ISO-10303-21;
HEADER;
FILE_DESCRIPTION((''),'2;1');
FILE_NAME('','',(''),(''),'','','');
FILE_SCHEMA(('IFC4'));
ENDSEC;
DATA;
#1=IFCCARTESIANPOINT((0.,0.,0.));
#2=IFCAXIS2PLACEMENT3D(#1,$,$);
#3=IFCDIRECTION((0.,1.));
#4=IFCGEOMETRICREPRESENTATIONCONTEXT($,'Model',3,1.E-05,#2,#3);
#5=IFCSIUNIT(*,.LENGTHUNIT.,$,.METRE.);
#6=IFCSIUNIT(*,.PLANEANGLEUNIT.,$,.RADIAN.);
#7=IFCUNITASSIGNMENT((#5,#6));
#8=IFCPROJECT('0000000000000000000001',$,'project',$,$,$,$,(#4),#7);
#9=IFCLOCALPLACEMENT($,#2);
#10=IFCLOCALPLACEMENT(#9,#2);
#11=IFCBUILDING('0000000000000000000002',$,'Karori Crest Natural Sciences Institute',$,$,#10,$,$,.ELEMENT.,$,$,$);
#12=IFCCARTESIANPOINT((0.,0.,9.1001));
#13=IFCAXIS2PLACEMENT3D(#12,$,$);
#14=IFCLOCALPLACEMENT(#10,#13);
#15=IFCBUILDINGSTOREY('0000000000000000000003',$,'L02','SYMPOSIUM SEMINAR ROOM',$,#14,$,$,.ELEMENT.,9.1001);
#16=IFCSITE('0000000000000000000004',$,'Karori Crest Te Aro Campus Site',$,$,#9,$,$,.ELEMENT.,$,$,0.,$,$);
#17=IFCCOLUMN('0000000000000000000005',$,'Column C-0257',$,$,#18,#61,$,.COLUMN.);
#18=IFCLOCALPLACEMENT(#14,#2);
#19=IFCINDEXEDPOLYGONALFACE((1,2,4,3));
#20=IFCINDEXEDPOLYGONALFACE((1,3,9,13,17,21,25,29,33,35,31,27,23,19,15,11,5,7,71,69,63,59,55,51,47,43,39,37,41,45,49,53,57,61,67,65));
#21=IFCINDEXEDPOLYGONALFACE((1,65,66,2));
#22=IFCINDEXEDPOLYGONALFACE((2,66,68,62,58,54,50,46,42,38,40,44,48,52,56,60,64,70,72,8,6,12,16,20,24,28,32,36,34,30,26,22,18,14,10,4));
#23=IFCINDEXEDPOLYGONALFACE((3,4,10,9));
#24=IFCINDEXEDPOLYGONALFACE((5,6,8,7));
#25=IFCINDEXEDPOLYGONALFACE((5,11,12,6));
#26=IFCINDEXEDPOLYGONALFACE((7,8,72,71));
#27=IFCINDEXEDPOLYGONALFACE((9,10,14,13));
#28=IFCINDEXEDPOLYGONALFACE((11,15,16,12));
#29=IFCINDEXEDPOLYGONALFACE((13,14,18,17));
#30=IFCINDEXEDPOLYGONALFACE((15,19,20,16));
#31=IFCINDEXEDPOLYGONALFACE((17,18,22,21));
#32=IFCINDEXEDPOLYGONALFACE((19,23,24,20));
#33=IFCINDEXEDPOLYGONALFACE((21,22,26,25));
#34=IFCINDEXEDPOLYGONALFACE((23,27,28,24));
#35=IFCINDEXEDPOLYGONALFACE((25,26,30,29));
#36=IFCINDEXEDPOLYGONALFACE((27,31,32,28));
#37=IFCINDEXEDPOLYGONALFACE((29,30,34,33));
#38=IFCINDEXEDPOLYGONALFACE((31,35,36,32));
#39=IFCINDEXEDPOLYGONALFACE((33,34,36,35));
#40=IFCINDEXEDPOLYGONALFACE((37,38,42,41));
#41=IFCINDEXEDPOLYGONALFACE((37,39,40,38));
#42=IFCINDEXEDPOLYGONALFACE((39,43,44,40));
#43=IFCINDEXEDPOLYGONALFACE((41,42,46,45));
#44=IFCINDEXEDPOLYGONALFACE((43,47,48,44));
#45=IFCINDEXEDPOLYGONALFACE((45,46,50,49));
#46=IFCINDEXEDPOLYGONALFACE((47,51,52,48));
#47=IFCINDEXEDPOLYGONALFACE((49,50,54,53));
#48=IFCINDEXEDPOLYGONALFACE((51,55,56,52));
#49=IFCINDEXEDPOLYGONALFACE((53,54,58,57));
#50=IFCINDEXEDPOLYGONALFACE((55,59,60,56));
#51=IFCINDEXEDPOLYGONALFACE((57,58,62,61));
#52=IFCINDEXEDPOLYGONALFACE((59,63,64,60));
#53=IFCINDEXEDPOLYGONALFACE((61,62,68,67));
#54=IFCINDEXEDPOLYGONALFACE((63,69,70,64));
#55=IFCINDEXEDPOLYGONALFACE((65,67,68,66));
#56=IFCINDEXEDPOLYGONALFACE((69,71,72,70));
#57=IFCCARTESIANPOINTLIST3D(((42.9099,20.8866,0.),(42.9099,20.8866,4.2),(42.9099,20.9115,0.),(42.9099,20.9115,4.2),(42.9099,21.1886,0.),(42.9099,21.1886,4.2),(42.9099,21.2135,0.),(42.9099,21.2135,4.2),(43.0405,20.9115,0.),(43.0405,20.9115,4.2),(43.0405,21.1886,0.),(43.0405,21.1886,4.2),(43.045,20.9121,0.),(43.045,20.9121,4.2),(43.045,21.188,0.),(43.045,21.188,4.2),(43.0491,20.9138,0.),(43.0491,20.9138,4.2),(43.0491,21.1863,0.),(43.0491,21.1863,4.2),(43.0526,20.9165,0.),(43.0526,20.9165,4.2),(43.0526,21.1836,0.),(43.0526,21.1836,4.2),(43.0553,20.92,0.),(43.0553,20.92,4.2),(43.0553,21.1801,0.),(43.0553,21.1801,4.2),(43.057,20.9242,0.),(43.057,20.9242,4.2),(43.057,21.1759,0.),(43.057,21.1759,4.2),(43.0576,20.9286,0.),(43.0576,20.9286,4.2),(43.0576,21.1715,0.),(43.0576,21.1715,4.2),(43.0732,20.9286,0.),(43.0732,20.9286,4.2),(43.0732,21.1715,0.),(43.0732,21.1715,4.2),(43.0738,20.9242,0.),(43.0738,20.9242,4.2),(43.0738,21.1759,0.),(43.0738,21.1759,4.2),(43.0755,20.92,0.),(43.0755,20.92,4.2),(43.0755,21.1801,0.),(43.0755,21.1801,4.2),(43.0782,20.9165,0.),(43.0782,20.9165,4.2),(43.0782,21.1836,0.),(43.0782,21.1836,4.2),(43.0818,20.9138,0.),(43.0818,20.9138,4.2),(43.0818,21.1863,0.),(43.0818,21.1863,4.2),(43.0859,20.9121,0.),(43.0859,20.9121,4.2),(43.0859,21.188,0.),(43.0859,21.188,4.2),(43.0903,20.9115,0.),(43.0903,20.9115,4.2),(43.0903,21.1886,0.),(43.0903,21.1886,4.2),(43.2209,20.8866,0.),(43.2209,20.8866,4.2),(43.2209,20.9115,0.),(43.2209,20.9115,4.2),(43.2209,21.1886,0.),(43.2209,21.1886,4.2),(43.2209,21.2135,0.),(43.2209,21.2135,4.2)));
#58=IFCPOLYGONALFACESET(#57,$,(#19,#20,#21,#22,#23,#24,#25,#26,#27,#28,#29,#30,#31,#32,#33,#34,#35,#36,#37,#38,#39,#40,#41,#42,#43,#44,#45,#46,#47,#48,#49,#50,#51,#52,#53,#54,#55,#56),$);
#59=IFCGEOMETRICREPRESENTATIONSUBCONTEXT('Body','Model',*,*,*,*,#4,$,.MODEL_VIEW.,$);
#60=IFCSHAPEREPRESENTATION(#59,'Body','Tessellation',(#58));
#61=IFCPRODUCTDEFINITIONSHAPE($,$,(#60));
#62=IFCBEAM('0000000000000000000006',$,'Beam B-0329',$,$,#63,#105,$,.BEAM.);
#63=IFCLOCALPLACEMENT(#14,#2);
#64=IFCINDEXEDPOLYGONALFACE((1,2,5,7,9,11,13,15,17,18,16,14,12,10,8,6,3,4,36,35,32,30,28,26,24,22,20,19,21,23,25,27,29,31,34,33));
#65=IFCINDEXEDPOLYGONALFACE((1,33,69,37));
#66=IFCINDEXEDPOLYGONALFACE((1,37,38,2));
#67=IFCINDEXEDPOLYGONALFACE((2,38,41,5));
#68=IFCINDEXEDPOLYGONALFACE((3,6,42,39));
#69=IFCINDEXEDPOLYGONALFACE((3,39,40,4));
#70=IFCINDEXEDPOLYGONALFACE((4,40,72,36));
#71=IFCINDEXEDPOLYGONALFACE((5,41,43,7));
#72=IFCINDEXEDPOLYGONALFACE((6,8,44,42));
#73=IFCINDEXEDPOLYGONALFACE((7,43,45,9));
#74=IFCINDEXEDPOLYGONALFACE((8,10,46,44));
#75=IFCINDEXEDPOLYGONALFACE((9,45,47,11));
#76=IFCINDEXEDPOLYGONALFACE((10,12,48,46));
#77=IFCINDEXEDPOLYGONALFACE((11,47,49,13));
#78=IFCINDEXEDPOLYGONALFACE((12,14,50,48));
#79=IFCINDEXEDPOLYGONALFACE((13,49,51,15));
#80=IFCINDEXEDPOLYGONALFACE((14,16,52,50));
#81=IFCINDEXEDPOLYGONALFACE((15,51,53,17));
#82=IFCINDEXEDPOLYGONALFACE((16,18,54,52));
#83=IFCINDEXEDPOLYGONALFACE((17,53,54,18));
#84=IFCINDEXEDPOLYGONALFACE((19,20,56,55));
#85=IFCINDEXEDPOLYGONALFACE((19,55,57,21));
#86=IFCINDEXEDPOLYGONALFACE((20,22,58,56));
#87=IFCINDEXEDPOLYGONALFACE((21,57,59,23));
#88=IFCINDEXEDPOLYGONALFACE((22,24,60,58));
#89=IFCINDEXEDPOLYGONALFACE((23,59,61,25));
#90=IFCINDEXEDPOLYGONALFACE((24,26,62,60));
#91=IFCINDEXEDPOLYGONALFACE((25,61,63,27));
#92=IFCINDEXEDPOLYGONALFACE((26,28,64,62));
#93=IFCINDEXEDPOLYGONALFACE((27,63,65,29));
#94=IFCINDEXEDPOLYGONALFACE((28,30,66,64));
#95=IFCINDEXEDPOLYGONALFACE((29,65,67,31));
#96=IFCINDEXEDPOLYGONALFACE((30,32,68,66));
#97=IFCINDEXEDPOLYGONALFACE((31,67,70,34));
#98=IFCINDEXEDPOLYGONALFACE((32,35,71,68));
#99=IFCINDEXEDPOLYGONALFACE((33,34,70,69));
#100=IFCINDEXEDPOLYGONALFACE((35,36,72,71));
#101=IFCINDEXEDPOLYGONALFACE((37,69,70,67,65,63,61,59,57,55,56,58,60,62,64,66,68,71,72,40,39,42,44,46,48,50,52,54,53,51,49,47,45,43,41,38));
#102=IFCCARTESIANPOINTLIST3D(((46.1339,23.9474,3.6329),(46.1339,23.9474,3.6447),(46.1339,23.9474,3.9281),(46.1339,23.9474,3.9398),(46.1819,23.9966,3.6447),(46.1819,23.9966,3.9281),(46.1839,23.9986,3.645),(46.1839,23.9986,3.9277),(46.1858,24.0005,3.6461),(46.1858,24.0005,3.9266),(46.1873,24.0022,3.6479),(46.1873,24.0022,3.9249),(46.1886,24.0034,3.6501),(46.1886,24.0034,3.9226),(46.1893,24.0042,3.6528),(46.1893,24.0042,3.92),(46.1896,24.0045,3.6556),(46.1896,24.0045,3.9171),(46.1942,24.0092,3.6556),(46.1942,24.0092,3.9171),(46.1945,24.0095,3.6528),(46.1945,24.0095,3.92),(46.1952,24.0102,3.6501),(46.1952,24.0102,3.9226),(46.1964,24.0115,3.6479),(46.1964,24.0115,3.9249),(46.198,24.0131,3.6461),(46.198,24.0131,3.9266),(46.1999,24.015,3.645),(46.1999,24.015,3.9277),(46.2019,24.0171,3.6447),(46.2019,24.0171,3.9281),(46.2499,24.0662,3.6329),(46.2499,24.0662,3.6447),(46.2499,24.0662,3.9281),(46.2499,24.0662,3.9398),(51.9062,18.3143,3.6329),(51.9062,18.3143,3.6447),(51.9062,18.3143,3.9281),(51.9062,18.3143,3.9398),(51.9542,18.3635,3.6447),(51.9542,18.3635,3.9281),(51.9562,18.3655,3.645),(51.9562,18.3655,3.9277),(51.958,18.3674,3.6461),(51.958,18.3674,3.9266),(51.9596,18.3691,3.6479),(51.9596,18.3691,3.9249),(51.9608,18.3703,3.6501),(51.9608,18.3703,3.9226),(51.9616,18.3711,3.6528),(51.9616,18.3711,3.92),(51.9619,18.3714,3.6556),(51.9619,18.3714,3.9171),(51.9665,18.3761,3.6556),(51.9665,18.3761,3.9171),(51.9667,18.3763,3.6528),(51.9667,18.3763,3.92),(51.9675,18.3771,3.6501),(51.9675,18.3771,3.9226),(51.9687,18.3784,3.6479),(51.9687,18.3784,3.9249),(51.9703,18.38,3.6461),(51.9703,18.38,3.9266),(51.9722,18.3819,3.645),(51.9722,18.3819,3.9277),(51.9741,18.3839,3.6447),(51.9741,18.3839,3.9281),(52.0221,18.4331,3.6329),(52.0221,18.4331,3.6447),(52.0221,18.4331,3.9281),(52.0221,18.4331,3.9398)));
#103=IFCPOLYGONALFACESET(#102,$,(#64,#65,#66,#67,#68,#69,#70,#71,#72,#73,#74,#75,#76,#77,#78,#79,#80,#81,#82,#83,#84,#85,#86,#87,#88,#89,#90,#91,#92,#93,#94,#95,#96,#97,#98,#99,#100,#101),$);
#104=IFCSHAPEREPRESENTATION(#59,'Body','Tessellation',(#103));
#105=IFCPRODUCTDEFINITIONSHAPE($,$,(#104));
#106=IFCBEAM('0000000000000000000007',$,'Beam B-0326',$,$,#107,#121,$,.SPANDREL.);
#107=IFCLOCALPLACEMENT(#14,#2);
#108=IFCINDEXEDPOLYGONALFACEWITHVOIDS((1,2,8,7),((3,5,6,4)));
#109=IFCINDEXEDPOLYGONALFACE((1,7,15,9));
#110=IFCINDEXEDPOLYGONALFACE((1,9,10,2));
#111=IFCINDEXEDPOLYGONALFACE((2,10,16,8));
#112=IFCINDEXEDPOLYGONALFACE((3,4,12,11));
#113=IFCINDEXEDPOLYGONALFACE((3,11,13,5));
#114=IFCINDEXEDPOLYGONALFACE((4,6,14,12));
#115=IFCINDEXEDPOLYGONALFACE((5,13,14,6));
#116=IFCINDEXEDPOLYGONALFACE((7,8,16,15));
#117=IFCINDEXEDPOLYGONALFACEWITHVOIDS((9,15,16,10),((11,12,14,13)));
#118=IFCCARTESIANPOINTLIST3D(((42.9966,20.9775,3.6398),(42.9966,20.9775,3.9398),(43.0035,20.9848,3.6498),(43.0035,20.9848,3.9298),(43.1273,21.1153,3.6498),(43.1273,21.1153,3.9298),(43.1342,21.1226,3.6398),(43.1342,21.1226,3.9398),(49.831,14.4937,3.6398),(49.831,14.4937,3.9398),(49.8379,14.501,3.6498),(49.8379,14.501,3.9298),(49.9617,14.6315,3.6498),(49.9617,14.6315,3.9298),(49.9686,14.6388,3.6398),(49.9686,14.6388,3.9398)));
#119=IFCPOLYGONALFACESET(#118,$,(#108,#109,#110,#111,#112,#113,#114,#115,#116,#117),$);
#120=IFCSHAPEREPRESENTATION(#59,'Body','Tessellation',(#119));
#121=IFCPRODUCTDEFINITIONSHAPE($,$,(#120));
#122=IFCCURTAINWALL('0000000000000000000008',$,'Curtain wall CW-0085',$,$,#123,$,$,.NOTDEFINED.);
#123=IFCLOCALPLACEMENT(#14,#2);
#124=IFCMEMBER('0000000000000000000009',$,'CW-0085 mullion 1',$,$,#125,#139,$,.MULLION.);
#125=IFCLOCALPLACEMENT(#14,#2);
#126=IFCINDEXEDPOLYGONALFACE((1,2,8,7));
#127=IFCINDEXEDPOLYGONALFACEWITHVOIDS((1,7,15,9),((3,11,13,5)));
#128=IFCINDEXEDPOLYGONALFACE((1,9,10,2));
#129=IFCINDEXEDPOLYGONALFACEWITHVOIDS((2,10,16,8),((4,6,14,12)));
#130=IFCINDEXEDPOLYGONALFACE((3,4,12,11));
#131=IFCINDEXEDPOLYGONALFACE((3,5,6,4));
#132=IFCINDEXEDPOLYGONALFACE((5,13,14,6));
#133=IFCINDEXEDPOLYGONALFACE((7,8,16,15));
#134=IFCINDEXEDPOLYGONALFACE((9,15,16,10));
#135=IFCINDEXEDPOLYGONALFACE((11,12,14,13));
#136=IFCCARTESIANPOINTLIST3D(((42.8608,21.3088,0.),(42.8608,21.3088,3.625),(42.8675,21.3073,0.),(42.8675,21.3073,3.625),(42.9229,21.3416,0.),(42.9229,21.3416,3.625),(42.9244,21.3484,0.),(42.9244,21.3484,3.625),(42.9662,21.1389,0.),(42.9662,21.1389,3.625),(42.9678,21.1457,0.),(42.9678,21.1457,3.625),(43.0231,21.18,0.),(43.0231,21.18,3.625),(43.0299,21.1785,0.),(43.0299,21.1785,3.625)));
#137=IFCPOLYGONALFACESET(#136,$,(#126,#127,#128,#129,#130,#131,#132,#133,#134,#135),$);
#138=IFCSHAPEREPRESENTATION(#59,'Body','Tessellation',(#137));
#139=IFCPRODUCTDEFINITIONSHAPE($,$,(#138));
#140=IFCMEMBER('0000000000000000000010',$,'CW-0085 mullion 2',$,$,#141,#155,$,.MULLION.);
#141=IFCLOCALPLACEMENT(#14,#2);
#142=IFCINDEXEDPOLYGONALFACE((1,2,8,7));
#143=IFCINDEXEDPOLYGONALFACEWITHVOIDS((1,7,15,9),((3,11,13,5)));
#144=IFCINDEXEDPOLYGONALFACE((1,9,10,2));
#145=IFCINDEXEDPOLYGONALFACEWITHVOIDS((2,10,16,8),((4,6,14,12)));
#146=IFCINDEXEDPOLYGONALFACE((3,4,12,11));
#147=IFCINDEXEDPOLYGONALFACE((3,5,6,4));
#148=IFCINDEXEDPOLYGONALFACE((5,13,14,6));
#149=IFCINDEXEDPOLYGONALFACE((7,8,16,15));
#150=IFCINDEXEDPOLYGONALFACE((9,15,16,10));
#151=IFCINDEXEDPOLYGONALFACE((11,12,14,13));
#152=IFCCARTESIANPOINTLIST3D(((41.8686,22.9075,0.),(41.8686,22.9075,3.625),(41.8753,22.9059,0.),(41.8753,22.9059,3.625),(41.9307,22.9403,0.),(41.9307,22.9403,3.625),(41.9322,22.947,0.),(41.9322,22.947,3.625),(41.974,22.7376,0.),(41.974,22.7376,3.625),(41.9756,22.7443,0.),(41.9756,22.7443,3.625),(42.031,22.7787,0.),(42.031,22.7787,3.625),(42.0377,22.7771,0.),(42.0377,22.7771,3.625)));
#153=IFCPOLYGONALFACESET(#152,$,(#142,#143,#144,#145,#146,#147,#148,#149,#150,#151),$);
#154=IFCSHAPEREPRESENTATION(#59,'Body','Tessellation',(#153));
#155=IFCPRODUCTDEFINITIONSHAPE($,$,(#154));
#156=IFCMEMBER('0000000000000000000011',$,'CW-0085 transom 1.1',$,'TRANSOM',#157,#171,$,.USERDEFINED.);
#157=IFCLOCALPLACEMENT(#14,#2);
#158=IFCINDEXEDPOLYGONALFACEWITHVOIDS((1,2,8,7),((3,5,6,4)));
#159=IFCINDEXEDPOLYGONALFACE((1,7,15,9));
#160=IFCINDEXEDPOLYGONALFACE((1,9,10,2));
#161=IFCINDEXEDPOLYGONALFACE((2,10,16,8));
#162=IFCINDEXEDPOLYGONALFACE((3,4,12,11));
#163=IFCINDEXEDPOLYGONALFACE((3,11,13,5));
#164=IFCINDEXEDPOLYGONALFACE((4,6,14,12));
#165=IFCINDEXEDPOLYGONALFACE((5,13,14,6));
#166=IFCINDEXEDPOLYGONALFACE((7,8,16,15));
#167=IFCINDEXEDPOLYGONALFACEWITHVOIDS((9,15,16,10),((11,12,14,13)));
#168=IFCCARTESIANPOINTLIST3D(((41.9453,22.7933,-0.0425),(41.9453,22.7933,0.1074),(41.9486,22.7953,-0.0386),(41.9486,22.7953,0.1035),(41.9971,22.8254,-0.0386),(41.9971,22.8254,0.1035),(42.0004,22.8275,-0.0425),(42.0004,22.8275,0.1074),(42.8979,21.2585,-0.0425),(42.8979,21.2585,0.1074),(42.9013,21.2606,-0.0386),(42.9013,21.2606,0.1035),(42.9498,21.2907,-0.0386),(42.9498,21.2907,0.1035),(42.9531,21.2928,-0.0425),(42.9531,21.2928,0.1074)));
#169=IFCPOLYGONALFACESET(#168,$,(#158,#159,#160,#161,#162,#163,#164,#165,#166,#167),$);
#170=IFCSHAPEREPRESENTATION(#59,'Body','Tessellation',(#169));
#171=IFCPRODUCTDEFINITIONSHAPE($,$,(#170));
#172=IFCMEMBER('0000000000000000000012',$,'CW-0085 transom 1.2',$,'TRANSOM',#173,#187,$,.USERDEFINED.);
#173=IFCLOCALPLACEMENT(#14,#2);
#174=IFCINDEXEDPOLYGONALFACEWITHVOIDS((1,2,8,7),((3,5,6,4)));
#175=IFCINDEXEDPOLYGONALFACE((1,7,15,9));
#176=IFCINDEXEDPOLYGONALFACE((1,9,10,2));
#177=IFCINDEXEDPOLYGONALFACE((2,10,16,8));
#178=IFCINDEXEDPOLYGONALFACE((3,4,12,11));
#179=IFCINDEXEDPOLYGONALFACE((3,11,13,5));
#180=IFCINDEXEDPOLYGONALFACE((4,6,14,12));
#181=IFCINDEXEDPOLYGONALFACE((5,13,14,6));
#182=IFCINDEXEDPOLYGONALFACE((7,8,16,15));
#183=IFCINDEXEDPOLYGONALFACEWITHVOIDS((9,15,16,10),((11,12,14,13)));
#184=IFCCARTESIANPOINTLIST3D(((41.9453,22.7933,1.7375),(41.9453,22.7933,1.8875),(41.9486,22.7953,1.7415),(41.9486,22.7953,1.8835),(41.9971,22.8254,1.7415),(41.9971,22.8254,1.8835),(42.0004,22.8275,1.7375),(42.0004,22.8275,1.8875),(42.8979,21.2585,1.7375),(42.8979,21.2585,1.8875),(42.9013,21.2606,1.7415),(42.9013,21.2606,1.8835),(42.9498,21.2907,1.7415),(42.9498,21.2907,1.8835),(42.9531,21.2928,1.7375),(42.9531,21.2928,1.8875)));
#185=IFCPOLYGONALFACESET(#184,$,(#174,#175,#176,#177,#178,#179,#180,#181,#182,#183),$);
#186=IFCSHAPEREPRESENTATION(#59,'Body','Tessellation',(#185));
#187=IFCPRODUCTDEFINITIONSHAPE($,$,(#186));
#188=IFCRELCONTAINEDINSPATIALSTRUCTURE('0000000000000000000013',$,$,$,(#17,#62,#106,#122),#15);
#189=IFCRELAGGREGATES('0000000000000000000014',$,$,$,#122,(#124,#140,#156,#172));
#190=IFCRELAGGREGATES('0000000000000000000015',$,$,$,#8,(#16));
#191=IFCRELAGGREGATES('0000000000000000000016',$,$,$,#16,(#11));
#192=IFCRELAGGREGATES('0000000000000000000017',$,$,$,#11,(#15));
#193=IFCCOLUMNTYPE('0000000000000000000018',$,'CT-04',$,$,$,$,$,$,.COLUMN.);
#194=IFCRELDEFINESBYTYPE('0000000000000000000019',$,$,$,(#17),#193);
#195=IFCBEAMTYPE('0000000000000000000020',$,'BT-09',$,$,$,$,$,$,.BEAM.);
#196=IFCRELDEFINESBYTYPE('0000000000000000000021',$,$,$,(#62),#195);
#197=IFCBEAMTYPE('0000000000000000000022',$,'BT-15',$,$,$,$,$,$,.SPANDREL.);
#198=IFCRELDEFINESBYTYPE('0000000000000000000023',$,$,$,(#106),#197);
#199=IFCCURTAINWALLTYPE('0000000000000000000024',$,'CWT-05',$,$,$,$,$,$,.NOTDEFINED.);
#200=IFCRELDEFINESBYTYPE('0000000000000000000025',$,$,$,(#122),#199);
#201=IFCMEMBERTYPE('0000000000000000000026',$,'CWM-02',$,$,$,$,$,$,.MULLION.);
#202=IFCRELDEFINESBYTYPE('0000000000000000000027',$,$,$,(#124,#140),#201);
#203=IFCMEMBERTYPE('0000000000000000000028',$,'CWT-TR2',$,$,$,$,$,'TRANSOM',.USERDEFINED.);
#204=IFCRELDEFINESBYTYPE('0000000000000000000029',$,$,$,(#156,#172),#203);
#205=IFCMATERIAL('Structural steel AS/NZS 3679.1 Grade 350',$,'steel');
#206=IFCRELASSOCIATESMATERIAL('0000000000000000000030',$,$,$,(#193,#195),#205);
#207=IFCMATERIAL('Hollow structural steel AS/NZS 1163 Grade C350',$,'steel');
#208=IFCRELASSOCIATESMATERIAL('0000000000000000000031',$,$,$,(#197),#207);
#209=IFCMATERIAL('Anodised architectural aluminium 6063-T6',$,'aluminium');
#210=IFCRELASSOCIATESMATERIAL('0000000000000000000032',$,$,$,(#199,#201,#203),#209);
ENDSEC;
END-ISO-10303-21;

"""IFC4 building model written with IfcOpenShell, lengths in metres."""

from ifc_helpers import new_model, si_unit, direction, frame, origin, origin_2d, place, context, subcontext, project, spatial, hollow_rectangle, i_section, extrude, material, material_profile, profile_set, type_object, element, aggregate, save


model = new_model("IFC4")

# Units and contexts
model_context = context("Model", 3, precision=1e-05, world=origin(), true_north=direction((0.0, 1.0)))
body_context = subcontext(model_context, "Body", "Model", "MODEL_VIEW")
ifc_project = project(units=[si_unit("LENGTHUNIT", "METRE"), si_unit("PLANEANGLEUNIT", "RADIAN")], contexts=[model_context])

# Site, building, storey
site_placement = place(None, origin())
site = spatial("IfcSite", under=ifc_project, at=site_placement, Name="Karori Crest Te Aro Campus Site", CompositionType="ELEMENT", RefElevation=0.0)
building_placement = place(site_placement, origin())
building = spatial("IfcBuilding", under=site, at=building_placement, Name="Karori Crest Natural Sciences Institute", CompositionType="ELEMENT")
storey_placement = place(building_placement, frame((0.0, 0.0, 9.1001)))
storey = spatial("IfcBuildingStorey", under=building, at=storey_placement, Name="L02", Description="SYMPOSIUM SEMINAR ROOM", CompositionType="ELEMENT", Elevation=9.1001)

# Column
ifc_material_1 = material(Name="Structural steel AS/NZS 3679.1 Grade 350", Category="steel")
ifc_material_profile_1 = material_profile(ifc_material_1, i_section(OverallWidth=0.311, OverallDepth=0.3269, WebThickness=0.0156, FlangeThickness=0.0249, FilletRadius=0.0171, at=origin_2d()), Name="310UC158")
ifc_profile_set_1 = profile_set([ifc_material_profile_1], Name="Structural steel AS/NZS 3679.1 Grade 350")
column_type = type_object("IfcColumnType", Name="CT-04", PredefinedType="COLUMN", material=ifc_profile_set_1)
column_placement = place(storey_placement, frame((43.0654, 21.05, 0.0), z_axis=(0.0, 0.0, 1.0), x_axis=(1.0, 0.0, 0.0)))
element("IfcColumn", 1, at=column_placement, inside=storey, type_object=column_type, Name="Column C-0257", PredefinedType="COLUMN", context=body_context, shape_type="SweptSolid", body=[
    extrude(i_section(OverallWidth=0.311, OverallDepth=0.3269, WebThickness=0.0156, FlangeThickness=0.0249, FilletRadius=0.0171, at=origin_2d()), origin(), (0.0, 0.0, 1.0), 4.2),
])

# Beams
ifc_material_profile_2 = material_profile(ifc_material_1, i_section(OverallWidth=0.166, OverallDepth=0.3069, WebThickness=0.0066, FlangeThickness=0.0117, FilletRadius=0.011, at=origin_2d()), Name="310UB46.2")
ifc_profile_set_2 = profile_set([ifc_material_profile_2], Name="Structural steel AS/NZS 3679.1 Grade 350")
beam_type_1 = type_object("IfcBeamType", Name="BT-09", PredefinedType="BEAM", material=ifc_profile_set_2)
beam_1_placement = place(storey_placement, frame((46.1919, 24.0068, 3.7864), z_axis=(0.715681, -0.698427, 0.0), x_axis=(0.698427, 0.715681, 0.0)))
element("IfcBeam", 2, at=beam_1_placement, inside=storey, type_object=beam_type_1, Name="Beam B-0329", PredefinedType="BEAM", context=body_context, shape_type="SweptSolid", body=[
    extrude(i_section(OverallWidth=0.166, OverallDepth=0.3069, WebThickness=0.0066, FlangeThickness=0.0117, FilletRadius=0.011, at=origin_2d()), origin(), (0.0, 0.0, 1.0), 8.0654),
])
ifc_material_2 = material(Name="Hollow structural steel AS/NZS 1163 Grade C350", Category="steel")
ifc_material_profile_3 = material_profile(ifc_material_2, hollow_rectangle(XDim=0.2, YDim=0.3, WallThickness=0.01, at=origin_2d()), Name="RHS300x200x10")
ifc_profile_set_3 = profile_set([ifc_material_profile_3], Name="Hollow structural steel AS/NZS 1163 Grade C350")
beam_type_2 = type_object("IfcBeamType", Name="BT-15", PredefinedType="SPANDREL", material=ifc_profile_set_3)
beam_2_placement = place(storey_placement, frame((43.0654, 21.05, 3.7898), z_axis=(0.725469, -0.688255, 0.0), x_axis=(0.688255, 0.725469, 0.0)))
element("IfcBeam", 3, at=beam_2_placement, inside=storey, type_object=beam_type_2, Name="Beam B-0326", PredefinedType="SPANDREL", context=body_context, shape_type="SweptSolid", body=[
    extrude(hollow_rectangle(XDim=0.2, YDim=0.3, WallThickness=0.01, at=origin_2d()), origin(), (0.0, 0.0, 1.0), 9.4207),
])

# Curtain wall, members
ifc_material_3 = material(Name="Anodised architectural aluminium 6063-T6", Category="aluminium")
curtain_wall_type = type_object("IfcCurtainWallType", Name="CWT-05", PredefinedType="NOTDEFINED", material=ifc_material_3)
curtain_wall_placement = place(storey_placement, origin())
curtain_wall = element("IfcCurtainWall", 4, at=curtain_wall_placement, inside=storey, type_object=curtain_wall_type, Name="Curtain wall CW-0085", PredefinedType="NOTDEFINED")
ifc_material_profile_4 = material_profile(ifc_material_3, hollow_rectangle(XDim=0.075, YDim=0.2, WallThickness=0.0049, at=origin_2d()), Name="CWM200x75x5")
ifc_profile_set_4 = profile_set([ifc_material_profile_4], Name="Anodised architectural aluminium 6063-T6")
member_type_1 = type_object("IfcMemberType", Name="CWM-02", PredefinedType="MULLION", material=ifc_profile_set_4)
member_1_placement = place(storey_placement, frame((42.9453, 21.2437, 0.0), z_axis=(0.0, 0.0, 1.0), x_axis=(-0.849666, -0.527322, 0.0)))
member_1 = element("IfcMember", 5, at=member_1_placement, type_object=member_type_1, Name="CW-0085 mullion 1", PredefinedType="MULLION", context=body_context, shape_type="SweptSolid", body=[
    extrude(hollow_rectangle(XDim=0.075, YDim=0.2, WallThickness=0.0049, at=origin_2d()), origin(), (0.0, 0.0, 1.0), 3.625),
])
member_2_placement = place(storey_placement, frame((41.9531, 22.8423, 0.0), z_axis=(0.0, 0.0, 1.0), x_axis=(-0.849666, -0.527322, 0.0)))
member_2 = element("IfcMember", 6, at=member_2_placement, type_object=member_type_1, Name="CW-0085 mullion 2", PredefinedType="MULLION", context=body_context, shape_type="SweptSolid", body=[
    extrude(hollow_rectangle(XDim=0.075, YDim=0.2, WallThickness=0.0049, at=origin_2d()), origin(), (0.0, 0.0, 1.0), 3.625),
])
ifc_material_profile_5 = material_profile(ifc_material_3, hollow_rectangle(XDim=0.0649, YDim=0.1499, WallThickness=0.0039, at=origin_2d()), Name="CWT150x65x4")
ifc_profile_set_5 = profile_set([ifc_material_profile_5], Name="Anodised architectural aluminium 6063-T6")
member_type_2 = type_object("IfcMemberType", Name="CWT-TR2", ElementType="TRANSOM", PredefinedType="USERDEFINED", material=ifc_profile_set_5)
member_3_placement = place(storey_placement, frame((42.9255, 21.2756, 0.0325), z_axis=(-0.527397, 0.849619, 0.0), x_axis=(-0.849619, -0.527397, 0.0)))
member_3 = element("IfcMember", 7, at=member_3_placement, type_object=member_type_2, Name="CW-0085 transom 1.1", ObjectType="TRANSOM", PredefinedType="USERDEFINED", context=body_context, shape_type="SweptSolid", body=[
    extrude(hollow_rectangle(XDim=0.0649, YDim=0.1499, WallThickness=0.0039, at=origin_2d()), origin(), (0.0, 0.0, 1.0), 1.8064),
])
member_4_placement = place(storey_placement, frame((42.9255, 21.2756, 1.8125), z_axis=(-0.527397, 0.849619, 0.0), x_axis=(-0.849619, -0.527397, 0.0)))
member_4 = element("IfcMember", 8, at=member_4_placement, type_object=member_type_2, Name="CW-0085 transom 1.2", ObjectType="TRANSOM", PredefinedType="USERDEFINED", context=body_context, shape_type="SweptSolid", body=[
    extrude(hollow_rectangle(XDim=0.0649, YDim=0.1499, WallThickness=0.0039, at=origin_2d()), origin(), (0.0, 0.0, 1.0), 1.8064),
])
aggregate(curtain_wall, [member_1, member_2, member_3, member_4])

save(model, "model.ifc")
